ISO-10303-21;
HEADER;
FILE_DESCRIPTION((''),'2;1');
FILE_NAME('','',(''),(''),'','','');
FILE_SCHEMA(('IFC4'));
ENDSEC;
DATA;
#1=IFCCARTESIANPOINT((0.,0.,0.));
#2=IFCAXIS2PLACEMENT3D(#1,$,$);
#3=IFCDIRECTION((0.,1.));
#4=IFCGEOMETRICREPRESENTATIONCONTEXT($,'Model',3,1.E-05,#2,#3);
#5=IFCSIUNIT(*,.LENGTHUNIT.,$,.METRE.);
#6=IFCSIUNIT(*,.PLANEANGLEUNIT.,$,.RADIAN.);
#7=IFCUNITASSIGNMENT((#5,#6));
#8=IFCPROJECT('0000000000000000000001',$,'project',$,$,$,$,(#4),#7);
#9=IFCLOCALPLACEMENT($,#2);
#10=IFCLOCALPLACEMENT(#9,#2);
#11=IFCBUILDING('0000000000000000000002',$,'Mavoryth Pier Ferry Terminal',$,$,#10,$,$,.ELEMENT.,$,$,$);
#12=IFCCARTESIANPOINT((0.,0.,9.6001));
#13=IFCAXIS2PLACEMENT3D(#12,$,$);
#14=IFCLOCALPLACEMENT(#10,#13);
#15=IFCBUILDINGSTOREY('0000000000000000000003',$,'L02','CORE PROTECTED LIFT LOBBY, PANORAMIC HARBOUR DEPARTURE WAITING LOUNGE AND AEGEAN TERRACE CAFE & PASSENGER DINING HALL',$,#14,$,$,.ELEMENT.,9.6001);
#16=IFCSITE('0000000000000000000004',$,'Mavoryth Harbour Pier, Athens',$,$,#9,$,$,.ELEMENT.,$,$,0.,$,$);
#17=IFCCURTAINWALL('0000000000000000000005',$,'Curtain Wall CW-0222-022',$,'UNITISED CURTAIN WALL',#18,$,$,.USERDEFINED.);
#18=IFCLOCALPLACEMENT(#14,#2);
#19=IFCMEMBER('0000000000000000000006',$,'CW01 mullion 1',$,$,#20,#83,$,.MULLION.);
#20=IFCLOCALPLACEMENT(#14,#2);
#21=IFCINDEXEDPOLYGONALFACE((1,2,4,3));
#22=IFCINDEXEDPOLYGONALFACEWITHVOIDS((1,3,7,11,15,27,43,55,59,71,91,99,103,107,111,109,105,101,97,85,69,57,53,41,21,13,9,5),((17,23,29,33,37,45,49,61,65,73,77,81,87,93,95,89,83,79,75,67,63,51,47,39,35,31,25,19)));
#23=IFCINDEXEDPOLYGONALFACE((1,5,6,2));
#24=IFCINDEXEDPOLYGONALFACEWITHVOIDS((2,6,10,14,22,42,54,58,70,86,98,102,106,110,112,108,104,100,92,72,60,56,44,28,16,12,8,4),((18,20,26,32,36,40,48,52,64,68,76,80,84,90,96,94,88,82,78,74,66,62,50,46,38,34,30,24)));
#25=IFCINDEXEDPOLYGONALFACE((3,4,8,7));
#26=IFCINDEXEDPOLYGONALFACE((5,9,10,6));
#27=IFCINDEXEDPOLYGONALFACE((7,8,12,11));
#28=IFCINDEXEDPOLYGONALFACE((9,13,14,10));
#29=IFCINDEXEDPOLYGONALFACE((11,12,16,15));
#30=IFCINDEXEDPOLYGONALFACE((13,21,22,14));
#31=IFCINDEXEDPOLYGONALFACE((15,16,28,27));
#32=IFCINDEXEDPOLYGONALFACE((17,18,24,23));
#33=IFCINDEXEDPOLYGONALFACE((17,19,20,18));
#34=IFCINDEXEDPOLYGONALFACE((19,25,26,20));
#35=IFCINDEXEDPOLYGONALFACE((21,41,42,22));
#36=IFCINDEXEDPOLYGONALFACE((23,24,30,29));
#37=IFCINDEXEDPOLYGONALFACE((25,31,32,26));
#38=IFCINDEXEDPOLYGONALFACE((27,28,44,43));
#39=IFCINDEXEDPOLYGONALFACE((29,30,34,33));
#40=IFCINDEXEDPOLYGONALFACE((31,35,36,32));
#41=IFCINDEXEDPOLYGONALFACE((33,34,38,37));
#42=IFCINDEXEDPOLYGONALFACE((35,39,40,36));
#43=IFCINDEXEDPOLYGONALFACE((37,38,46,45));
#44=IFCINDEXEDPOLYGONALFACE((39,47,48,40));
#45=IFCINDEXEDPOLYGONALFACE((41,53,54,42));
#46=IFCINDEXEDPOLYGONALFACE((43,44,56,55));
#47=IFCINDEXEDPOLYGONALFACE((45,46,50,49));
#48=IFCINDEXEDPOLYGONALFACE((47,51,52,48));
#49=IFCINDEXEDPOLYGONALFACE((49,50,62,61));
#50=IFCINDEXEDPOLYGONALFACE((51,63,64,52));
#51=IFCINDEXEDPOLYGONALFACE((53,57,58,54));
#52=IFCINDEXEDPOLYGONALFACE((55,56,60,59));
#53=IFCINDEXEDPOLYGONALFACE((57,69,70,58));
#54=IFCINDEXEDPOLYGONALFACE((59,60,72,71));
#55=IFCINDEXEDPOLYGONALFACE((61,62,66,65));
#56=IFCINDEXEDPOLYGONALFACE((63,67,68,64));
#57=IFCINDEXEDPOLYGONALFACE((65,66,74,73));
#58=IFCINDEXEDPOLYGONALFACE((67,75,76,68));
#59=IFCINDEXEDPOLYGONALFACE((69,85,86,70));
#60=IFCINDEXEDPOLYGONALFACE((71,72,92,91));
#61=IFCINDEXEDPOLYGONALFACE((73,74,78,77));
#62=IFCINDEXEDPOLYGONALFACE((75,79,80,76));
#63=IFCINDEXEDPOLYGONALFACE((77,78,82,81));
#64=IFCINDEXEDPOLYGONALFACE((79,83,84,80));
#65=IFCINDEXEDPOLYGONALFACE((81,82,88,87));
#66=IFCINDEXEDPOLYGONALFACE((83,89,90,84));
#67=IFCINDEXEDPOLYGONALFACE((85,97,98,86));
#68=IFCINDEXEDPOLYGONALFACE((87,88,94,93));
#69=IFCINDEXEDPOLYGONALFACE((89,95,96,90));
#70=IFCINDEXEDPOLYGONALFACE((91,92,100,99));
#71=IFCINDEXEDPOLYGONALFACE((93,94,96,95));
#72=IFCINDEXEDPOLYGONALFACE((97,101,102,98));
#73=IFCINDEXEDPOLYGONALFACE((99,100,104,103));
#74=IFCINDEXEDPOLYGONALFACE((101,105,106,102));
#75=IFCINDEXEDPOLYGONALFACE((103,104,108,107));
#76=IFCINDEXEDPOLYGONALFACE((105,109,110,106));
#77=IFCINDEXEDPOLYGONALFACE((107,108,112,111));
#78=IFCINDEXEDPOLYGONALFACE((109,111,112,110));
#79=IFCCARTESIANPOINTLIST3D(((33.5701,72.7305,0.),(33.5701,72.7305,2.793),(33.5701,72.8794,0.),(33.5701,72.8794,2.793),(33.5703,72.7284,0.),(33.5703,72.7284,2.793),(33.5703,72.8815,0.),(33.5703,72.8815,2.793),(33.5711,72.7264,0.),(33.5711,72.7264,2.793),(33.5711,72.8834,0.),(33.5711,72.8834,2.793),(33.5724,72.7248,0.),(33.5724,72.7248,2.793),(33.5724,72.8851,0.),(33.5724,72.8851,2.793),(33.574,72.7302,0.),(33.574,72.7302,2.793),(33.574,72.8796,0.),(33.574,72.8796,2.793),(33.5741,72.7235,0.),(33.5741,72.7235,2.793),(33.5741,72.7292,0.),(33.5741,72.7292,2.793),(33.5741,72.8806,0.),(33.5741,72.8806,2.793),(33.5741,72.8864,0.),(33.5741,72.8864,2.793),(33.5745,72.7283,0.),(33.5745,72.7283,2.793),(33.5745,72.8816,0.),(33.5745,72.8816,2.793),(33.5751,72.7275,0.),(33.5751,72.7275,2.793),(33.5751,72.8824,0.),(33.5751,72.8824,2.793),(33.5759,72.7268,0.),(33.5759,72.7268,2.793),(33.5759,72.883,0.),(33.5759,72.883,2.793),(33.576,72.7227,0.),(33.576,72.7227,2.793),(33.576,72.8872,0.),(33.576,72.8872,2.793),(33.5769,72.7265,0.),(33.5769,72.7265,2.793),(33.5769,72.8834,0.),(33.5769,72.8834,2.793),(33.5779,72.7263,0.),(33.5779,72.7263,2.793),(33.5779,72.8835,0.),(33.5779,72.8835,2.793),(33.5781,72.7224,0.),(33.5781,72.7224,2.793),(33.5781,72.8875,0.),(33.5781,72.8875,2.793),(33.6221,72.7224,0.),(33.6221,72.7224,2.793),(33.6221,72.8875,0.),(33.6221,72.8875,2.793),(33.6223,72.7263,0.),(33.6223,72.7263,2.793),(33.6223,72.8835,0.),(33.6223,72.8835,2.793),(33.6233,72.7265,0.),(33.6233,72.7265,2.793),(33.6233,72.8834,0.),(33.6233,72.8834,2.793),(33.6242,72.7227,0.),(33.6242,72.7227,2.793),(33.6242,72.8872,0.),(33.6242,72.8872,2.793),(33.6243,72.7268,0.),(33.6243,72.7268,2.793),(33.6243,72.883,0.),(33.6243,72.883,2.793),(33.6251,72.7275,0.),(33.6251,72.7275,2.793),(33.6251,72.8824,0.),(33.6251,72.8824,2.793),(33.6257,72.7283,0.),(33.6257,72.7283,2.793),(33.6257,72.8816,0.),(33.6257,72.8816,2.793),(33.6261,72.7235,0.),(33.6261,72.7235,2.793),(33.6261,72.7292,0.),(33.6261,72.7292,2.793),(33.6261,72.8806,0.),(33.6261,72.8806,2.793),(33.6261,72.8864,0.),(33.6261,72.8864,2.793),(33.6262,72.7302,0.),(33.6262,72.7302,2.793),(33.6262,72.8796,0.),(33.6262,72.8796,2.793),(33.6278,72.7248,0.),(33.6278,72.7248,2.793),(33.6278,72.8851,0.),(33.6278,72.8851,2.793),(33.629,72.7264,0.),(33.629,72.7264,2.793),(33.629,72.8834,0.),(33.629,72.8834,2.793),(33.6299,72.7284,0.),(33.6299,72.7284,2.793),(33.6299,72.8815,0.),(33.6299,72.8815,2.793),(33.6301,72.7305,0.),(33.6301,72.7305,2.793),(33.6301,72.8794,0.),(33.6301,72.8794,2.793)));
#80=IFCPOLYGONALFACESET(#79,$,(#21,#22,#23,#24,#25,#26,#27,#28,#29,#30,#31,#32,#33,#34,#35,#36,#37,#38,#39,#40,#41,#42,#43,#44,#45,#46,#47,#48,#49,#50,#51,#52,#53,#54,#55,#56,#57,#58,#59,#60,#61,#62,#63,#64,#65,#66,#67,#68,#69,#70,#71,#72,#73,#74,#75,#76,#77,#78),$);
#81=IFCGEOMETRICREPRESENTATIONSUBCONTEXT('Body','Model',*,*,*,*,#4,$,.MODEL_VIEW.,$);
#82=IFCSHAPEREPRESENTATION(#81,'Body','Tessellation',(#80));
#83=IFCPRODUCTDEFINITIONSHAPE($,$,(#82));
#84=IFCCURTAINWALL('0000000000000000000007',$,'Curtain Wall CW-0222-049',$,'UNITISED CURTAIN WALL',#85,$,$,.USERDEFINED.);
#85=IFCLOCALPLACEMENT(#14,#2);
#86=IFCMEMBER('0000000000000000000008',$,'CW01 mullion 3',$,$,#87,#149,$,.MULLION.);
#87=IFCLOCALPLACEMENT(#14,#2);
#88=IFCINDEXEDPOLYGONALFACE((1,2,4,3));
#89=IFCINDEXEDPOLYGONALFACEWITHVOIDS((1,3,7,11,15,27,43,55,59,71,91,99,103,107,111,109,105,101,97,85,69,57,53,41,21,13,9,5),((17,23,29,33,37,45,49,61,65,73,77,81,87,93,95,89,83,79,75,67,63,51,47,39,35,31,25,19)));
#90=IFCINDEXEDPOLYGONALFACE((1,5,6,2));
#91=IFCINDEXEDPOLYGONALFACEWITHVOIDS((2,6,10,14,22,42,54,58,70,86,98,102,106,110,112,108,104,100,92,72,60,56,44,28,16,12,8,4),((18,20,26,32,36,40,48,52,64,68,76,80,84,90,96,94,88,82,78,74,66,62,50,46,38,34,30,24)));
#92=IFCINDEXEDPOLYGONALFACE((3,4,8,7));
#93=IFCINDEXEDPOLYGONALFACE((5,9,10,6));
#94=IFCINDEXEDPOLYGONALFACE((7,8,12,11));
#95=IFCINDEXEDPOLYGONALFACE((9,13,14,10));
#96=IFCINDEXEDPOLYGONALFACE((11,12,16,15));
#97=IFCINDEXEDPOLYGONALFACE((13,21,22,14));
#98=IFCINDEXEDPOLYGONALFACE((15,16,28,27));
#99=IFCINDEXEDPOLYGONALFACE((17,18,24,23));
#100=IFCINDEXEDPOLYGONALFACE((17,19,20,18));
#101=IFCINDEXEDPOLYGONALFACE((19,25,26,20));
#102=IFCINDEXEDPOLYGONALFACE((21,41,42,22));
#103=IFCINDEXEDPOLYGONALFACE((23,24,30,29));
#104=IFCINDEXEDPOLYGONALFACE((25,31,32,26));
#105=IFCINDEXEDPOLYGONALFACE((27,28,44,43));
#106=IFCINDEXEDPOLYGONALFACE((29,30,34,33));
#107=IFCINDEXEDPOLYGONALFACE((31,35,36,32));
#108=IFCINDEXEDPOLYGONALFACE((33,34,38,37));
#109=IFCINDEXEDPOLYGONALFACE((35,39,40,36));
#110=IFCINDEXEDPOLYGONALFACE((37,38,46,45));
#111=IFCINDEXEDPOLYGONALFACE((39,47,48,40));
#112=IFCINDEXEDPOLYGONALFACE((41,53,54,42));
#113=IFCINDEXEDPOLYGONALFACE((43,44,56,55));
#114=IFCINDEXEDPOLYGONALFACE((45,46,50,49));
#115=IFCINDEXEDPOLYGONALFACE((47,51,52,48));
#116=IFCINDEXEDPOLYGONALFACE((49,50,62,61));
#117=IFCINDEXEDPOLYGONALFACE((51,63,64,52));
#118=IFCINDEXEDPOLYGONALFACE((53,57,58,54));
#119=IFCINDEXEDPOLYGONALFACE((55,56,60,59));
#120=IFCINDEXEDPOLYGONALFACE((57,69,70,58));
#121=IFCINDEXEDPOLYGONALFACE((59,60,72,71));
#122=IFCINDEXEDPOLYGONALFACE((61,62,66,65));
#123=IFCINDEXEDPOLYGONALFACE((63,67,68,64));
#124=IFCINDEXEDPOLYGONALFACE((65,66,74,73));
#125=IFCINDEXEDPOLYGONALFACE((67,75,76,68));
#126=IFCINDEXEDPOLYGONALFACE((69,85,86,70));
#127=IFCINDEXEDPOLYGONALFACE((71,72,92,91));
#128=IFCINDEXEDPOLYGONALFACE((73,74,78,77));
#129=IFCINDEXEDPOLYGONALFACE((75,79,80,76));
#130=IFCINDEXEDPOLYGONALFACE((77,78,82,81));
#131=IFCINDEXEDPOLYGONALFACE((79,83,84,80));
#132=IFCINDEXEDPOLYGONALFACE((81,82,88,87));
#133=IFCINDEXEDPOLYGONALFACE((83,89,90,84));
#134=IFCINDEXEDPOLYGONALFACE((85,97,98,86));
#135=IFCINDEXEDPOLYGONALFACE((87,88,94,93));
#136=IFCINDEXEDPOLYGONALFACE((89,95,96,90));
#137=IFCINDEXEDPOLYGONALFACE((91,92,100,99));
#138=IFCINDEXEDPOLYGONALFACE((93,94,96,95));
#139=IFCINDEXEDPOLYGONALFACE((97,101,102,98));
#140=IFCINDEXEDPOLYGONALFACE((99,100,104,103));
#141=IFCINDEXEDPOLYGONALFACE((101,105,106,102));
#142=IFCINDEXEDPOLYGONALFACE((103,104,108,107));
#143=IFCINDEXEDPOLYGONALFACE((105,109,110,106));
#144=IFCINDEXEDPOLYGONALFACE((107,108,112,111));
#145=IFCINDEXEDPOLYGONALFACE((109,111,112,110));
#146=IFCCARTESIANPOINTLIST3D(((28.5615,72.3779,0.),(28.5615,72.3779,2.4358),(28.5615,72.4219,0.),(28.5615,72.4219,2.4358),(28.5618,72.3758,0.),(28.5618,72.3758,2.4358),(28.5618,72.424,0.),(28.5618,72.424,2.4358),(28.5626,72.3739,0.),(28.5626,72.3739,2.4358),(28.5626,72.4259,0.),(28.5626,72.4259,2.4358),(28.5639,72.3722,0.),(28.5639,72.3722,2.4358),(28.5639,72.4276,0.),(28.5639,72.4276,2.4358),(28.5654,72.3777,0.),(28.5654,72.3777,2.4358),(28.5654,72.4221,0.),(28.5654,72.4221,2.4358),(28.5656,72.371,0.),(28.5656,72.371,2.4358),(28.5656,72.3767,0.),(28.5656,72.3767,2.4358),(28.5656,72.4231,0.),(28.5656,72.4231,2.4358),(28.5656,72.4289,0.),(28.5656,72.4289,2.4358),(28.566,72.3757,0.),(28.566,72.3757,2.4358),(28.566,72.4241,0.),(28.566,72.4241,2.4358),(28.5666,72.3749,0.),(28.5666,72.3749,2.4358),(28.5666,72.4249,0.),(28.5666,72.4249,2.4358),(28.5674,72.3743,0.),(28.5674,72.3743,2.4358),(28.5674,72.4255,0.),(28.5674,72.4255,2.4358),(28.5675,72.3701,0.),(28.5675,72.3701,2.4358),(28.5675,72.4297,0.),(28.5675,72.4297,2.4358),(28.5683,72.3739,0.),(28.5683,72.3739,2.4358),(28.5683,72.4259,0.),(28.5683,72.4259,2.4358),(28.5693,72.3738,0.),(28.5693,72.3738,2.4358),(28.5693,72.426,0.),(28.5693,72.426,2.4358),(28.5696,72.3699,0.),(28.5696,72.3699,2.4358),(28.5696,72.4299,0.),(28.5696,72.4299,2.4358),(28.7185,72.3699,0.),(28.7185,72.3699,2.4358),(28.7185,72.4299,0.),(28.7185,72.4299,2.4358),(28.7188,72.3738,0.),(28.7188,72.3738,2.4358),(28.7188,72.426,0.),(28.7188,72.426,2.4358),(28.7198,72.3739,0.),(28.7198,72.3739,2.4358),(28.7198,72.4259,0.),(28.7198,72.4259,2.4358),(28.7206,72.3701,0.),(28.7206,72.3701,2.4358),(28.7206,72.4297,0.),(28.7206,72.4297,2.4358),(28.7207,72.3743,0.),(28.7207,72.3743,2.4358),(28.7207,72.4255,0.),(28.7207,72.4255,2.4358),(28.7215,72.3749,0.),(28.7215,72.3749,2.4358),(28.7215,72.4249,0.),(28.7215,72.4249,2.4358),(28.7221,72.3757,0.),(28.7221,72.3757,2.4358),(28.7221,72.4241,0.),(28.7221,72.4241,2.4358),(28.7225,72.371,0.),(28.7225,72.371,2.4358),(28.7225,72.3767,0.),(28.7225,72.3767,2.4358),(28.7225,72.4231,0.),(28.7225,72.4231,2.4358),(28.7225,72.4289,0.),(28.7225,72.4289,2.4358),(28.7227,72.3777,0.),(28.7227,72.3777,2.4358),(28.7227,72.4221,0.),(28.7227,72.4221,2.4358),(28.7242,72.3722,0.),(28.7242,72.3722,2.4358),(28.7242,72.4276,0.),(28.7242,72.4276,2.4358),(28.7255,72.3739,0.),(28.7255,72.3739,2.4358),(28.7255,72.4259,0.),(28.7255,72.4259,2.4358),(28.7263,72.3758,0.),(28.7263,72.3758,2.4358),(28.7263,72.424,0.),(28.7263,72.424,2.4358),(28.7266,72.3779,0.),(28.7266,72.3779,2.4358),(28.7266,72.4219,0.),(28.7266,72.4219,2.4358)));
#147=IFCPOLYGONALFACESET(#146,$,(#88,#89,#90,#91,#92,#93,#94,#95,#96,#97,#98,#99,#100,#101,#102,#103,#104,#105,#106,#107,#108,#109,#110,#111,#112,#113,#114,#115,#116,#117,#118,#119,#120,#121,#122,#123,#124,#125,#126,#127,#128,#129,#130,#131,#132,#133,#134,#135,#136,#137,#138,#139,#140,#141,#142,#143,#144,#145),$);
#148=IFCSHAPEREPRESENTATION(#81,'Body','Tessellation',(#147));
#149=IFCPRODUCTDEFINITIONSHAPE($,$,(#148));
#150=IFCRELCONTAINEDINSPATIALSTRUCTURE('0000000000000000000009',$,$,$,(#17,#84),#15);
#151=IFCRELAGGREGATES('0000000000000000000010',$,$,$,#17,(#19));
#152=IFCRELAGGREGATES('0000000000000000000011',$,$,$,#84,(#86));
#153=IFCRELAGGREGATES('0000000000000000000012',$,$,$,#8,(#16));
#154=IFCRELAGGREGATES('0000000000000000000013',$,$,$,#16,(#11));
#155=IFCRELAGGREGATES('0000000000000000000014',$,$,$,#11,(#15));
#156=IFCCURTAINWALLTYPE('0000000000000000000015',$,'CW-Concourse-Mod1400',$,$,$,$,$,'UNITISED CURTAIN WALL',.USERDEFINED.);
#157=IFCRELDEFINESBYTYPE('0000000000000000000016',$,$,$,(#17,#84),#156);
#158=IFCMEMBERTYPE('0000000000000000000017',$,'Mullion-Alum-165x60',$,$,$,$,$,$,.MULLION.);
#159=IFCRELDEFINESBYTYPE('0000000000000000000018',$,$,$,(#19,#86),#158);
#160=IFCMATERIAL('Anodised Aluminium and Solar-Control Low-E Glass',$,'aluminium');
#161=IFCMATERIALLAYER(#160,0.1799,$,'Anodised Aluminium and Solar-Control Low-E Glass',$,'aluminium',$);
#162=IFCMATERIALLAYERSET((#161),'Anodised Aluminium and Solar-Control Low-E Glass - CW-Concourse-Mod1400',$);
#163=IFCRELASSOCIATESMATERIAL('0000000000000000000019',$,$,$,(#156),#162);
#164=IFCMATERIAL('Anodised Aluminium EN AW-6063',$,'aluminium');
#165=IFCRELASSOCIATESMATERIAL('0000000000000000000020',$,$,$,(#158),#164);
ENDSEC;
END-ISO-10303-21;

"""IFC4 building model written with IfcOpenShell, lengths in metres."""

from ifc_helpers import new_model, si_unit, direction, frame, origin, origin_2d, place, context, subcontext, project, spatial, hollow_rectangle, extrude, material, layer, layer_set, material_profile, profile_set, type_object, element, aggregate, save


model = new_model("IFC4")

# Units and contexts
model_context = context("Model", 3, precision=1e-05, world=origin(), true_north=direction((0.0, 1.0)))
body_context = subcontext(model_context, "Body", "Model", "MODEL_VIEW")
ifc_project = project(units=[si_unit("LENGTHUNIT", "METRE"), si_unit("PLANEANGLEUNIT", "RADIAN")], contexts=[model_context])

# Site, building, storey
site_placement = place(None, origin())
site = spatial("IfcSite", under=ifc_project, at=site_placement, Name="Mavoryth Harbour Pier, Athens", CompositionType="ELEMENT", RefElevation=0.0)
building_placement = place(site_placement, origin())
building = spatial("IfcBuilding", under=site, at=building_placement, Name="Mavoryth Pier Ferry Terminal", CompositionType="ELEMENT")
storey_placement = place(building_placement, frame((0.0, 0.0, 9.6001)))
storey = spatial("IfcBuildingStorey", under=building, at=storey_placement, Name="L02", Description="CORE PROTECTED LIFT LOBBY, PANORAMIC HARBOUR DEPARTURE WAITING LOUNGE AND AEGEAN TERRACE CAFE & PASSENGER DINING HALL", CompositionType="ELEMENT", Elevation=9.6001)

# Curtain wall, member
ifc_material_1 = material(Name="Anodised Aluminium and Solar-Control Low-E Glass", Category="aluminium")
ifc_layer_1 = layer(ifc_material_1, 0.1799, Name="Anodised Aluminium and Solar-Control Low-E Glass", Category="aluminium")
ifc_layer_set_1 = layer_set([ifc_layer_1], Name="Anodised Aluminium and Solar-Control Low-E Glass - CW-Concourse-Mod1400")
curtain_wall_type = type_object("IfcCurtainWallType", Name="CW-Concourse-Mod1400", ElementType="UNITISED CURTAIN WALL", PredefinedType="USERDEFINED", material=ifc_layer_set_1)
curtain_wall_1_placement = place(storey_placement, origin())
curtain_wall_1 = element("IfcCurtainWall", 1, at=curtain_wall_1_placement, inside=storey, type_object=curtain_wall_type, Name="Curtain Wall CW-0222-022", ObjectType="UNITISED CURTAIN WALL", PredefinedType="USERDEFINED")
ifc_material_2 = material(Name="Anodised Aluminium EN AW-6063", Category="aluminium")
ifc_material_profile_1 = material_profile(ifc_material_2, hollow_rectangle(XDim=0.0601, YDim=0.165, WallThickness=0.0039, InnerFilletRadius=0.0039, OuterFilletRadius=0.0081, at=origin_2d()), Name="AL-MULL 165x60x4", Category="aluminium")
ifc_profile_set_1 = profile_set([ifc_material_profile_1], Name="Anodised Aluminium EN AW-6063 - AL-MULL 165x60x4")
member_type_1 = type_object("IfcMemberType", Name="Mullion-Alum-165x60", PredefinedType="MULLION", material=ifc_profile_set_1)
member_1_placement = place(storey_placement, frame((33.6001, 72.8049, 0.0), z_axis=(0.0, 0.0, 1.0), x_axis=(-1.0, 0.0, 0.0)))
member_1 = element("IfcMember", 2, at=member_1_placement, type_object=member_type_1, Name="CW01 mullion 1", PredefinedType="MULLION", context=body_context, shape_type="SweptSolid", body=[
    extrude(hollow_rectangle(XDim=0.0601, YDim=0.165, WallThickness=0.0039, InnerFilletRadius=0.0039, OuterFilletRadius=0.0081, at=origin_2d()), origin(), (0.0, 0.0, 1.0), 2.793),
])

# Curtain wall, member
curtain_wall_2_placement = place(storey_placement, origin())
curtain_wall_2 = element("IfcCurtainWall", 3, at=curtain_wall_2_placement, inside=storey, type_object=curtain_wall_type, Name="Curtain Wall CW-0222-049", ObjectType="UNITISED CURTAIN WALL", PredefinedType="USERDEFINED")
member_2_placement = place(storey_placement, frame((28.644, 72.3999, 0.0), z_axis=(0.0, 0.0, 1.0), x_axis=(0.0, 1.0, 0.0)))
member_2 = element("IfcMember", 4, at=member_2_placement, type_object=member_type_1, Name="CW01 mullion 3", PredefinedType="MULLION", context=body_context, shape_type="SweptSolid", body=[
    extrude(hollow_rectangle(XDim=0.0601, YDim=0.165, WallThickness=0.0039, InnerFilletRadius=0.0039, OuterFilletRadius=0.0081, at=origin_2d()), origin(), (0.0, 0.0, 1.0), 2.4358),
])

aggregate(curtain_wall_1, [member_1])

aggregate(curtain_wall_2, [member_2])

save(model, "model.ifc")
